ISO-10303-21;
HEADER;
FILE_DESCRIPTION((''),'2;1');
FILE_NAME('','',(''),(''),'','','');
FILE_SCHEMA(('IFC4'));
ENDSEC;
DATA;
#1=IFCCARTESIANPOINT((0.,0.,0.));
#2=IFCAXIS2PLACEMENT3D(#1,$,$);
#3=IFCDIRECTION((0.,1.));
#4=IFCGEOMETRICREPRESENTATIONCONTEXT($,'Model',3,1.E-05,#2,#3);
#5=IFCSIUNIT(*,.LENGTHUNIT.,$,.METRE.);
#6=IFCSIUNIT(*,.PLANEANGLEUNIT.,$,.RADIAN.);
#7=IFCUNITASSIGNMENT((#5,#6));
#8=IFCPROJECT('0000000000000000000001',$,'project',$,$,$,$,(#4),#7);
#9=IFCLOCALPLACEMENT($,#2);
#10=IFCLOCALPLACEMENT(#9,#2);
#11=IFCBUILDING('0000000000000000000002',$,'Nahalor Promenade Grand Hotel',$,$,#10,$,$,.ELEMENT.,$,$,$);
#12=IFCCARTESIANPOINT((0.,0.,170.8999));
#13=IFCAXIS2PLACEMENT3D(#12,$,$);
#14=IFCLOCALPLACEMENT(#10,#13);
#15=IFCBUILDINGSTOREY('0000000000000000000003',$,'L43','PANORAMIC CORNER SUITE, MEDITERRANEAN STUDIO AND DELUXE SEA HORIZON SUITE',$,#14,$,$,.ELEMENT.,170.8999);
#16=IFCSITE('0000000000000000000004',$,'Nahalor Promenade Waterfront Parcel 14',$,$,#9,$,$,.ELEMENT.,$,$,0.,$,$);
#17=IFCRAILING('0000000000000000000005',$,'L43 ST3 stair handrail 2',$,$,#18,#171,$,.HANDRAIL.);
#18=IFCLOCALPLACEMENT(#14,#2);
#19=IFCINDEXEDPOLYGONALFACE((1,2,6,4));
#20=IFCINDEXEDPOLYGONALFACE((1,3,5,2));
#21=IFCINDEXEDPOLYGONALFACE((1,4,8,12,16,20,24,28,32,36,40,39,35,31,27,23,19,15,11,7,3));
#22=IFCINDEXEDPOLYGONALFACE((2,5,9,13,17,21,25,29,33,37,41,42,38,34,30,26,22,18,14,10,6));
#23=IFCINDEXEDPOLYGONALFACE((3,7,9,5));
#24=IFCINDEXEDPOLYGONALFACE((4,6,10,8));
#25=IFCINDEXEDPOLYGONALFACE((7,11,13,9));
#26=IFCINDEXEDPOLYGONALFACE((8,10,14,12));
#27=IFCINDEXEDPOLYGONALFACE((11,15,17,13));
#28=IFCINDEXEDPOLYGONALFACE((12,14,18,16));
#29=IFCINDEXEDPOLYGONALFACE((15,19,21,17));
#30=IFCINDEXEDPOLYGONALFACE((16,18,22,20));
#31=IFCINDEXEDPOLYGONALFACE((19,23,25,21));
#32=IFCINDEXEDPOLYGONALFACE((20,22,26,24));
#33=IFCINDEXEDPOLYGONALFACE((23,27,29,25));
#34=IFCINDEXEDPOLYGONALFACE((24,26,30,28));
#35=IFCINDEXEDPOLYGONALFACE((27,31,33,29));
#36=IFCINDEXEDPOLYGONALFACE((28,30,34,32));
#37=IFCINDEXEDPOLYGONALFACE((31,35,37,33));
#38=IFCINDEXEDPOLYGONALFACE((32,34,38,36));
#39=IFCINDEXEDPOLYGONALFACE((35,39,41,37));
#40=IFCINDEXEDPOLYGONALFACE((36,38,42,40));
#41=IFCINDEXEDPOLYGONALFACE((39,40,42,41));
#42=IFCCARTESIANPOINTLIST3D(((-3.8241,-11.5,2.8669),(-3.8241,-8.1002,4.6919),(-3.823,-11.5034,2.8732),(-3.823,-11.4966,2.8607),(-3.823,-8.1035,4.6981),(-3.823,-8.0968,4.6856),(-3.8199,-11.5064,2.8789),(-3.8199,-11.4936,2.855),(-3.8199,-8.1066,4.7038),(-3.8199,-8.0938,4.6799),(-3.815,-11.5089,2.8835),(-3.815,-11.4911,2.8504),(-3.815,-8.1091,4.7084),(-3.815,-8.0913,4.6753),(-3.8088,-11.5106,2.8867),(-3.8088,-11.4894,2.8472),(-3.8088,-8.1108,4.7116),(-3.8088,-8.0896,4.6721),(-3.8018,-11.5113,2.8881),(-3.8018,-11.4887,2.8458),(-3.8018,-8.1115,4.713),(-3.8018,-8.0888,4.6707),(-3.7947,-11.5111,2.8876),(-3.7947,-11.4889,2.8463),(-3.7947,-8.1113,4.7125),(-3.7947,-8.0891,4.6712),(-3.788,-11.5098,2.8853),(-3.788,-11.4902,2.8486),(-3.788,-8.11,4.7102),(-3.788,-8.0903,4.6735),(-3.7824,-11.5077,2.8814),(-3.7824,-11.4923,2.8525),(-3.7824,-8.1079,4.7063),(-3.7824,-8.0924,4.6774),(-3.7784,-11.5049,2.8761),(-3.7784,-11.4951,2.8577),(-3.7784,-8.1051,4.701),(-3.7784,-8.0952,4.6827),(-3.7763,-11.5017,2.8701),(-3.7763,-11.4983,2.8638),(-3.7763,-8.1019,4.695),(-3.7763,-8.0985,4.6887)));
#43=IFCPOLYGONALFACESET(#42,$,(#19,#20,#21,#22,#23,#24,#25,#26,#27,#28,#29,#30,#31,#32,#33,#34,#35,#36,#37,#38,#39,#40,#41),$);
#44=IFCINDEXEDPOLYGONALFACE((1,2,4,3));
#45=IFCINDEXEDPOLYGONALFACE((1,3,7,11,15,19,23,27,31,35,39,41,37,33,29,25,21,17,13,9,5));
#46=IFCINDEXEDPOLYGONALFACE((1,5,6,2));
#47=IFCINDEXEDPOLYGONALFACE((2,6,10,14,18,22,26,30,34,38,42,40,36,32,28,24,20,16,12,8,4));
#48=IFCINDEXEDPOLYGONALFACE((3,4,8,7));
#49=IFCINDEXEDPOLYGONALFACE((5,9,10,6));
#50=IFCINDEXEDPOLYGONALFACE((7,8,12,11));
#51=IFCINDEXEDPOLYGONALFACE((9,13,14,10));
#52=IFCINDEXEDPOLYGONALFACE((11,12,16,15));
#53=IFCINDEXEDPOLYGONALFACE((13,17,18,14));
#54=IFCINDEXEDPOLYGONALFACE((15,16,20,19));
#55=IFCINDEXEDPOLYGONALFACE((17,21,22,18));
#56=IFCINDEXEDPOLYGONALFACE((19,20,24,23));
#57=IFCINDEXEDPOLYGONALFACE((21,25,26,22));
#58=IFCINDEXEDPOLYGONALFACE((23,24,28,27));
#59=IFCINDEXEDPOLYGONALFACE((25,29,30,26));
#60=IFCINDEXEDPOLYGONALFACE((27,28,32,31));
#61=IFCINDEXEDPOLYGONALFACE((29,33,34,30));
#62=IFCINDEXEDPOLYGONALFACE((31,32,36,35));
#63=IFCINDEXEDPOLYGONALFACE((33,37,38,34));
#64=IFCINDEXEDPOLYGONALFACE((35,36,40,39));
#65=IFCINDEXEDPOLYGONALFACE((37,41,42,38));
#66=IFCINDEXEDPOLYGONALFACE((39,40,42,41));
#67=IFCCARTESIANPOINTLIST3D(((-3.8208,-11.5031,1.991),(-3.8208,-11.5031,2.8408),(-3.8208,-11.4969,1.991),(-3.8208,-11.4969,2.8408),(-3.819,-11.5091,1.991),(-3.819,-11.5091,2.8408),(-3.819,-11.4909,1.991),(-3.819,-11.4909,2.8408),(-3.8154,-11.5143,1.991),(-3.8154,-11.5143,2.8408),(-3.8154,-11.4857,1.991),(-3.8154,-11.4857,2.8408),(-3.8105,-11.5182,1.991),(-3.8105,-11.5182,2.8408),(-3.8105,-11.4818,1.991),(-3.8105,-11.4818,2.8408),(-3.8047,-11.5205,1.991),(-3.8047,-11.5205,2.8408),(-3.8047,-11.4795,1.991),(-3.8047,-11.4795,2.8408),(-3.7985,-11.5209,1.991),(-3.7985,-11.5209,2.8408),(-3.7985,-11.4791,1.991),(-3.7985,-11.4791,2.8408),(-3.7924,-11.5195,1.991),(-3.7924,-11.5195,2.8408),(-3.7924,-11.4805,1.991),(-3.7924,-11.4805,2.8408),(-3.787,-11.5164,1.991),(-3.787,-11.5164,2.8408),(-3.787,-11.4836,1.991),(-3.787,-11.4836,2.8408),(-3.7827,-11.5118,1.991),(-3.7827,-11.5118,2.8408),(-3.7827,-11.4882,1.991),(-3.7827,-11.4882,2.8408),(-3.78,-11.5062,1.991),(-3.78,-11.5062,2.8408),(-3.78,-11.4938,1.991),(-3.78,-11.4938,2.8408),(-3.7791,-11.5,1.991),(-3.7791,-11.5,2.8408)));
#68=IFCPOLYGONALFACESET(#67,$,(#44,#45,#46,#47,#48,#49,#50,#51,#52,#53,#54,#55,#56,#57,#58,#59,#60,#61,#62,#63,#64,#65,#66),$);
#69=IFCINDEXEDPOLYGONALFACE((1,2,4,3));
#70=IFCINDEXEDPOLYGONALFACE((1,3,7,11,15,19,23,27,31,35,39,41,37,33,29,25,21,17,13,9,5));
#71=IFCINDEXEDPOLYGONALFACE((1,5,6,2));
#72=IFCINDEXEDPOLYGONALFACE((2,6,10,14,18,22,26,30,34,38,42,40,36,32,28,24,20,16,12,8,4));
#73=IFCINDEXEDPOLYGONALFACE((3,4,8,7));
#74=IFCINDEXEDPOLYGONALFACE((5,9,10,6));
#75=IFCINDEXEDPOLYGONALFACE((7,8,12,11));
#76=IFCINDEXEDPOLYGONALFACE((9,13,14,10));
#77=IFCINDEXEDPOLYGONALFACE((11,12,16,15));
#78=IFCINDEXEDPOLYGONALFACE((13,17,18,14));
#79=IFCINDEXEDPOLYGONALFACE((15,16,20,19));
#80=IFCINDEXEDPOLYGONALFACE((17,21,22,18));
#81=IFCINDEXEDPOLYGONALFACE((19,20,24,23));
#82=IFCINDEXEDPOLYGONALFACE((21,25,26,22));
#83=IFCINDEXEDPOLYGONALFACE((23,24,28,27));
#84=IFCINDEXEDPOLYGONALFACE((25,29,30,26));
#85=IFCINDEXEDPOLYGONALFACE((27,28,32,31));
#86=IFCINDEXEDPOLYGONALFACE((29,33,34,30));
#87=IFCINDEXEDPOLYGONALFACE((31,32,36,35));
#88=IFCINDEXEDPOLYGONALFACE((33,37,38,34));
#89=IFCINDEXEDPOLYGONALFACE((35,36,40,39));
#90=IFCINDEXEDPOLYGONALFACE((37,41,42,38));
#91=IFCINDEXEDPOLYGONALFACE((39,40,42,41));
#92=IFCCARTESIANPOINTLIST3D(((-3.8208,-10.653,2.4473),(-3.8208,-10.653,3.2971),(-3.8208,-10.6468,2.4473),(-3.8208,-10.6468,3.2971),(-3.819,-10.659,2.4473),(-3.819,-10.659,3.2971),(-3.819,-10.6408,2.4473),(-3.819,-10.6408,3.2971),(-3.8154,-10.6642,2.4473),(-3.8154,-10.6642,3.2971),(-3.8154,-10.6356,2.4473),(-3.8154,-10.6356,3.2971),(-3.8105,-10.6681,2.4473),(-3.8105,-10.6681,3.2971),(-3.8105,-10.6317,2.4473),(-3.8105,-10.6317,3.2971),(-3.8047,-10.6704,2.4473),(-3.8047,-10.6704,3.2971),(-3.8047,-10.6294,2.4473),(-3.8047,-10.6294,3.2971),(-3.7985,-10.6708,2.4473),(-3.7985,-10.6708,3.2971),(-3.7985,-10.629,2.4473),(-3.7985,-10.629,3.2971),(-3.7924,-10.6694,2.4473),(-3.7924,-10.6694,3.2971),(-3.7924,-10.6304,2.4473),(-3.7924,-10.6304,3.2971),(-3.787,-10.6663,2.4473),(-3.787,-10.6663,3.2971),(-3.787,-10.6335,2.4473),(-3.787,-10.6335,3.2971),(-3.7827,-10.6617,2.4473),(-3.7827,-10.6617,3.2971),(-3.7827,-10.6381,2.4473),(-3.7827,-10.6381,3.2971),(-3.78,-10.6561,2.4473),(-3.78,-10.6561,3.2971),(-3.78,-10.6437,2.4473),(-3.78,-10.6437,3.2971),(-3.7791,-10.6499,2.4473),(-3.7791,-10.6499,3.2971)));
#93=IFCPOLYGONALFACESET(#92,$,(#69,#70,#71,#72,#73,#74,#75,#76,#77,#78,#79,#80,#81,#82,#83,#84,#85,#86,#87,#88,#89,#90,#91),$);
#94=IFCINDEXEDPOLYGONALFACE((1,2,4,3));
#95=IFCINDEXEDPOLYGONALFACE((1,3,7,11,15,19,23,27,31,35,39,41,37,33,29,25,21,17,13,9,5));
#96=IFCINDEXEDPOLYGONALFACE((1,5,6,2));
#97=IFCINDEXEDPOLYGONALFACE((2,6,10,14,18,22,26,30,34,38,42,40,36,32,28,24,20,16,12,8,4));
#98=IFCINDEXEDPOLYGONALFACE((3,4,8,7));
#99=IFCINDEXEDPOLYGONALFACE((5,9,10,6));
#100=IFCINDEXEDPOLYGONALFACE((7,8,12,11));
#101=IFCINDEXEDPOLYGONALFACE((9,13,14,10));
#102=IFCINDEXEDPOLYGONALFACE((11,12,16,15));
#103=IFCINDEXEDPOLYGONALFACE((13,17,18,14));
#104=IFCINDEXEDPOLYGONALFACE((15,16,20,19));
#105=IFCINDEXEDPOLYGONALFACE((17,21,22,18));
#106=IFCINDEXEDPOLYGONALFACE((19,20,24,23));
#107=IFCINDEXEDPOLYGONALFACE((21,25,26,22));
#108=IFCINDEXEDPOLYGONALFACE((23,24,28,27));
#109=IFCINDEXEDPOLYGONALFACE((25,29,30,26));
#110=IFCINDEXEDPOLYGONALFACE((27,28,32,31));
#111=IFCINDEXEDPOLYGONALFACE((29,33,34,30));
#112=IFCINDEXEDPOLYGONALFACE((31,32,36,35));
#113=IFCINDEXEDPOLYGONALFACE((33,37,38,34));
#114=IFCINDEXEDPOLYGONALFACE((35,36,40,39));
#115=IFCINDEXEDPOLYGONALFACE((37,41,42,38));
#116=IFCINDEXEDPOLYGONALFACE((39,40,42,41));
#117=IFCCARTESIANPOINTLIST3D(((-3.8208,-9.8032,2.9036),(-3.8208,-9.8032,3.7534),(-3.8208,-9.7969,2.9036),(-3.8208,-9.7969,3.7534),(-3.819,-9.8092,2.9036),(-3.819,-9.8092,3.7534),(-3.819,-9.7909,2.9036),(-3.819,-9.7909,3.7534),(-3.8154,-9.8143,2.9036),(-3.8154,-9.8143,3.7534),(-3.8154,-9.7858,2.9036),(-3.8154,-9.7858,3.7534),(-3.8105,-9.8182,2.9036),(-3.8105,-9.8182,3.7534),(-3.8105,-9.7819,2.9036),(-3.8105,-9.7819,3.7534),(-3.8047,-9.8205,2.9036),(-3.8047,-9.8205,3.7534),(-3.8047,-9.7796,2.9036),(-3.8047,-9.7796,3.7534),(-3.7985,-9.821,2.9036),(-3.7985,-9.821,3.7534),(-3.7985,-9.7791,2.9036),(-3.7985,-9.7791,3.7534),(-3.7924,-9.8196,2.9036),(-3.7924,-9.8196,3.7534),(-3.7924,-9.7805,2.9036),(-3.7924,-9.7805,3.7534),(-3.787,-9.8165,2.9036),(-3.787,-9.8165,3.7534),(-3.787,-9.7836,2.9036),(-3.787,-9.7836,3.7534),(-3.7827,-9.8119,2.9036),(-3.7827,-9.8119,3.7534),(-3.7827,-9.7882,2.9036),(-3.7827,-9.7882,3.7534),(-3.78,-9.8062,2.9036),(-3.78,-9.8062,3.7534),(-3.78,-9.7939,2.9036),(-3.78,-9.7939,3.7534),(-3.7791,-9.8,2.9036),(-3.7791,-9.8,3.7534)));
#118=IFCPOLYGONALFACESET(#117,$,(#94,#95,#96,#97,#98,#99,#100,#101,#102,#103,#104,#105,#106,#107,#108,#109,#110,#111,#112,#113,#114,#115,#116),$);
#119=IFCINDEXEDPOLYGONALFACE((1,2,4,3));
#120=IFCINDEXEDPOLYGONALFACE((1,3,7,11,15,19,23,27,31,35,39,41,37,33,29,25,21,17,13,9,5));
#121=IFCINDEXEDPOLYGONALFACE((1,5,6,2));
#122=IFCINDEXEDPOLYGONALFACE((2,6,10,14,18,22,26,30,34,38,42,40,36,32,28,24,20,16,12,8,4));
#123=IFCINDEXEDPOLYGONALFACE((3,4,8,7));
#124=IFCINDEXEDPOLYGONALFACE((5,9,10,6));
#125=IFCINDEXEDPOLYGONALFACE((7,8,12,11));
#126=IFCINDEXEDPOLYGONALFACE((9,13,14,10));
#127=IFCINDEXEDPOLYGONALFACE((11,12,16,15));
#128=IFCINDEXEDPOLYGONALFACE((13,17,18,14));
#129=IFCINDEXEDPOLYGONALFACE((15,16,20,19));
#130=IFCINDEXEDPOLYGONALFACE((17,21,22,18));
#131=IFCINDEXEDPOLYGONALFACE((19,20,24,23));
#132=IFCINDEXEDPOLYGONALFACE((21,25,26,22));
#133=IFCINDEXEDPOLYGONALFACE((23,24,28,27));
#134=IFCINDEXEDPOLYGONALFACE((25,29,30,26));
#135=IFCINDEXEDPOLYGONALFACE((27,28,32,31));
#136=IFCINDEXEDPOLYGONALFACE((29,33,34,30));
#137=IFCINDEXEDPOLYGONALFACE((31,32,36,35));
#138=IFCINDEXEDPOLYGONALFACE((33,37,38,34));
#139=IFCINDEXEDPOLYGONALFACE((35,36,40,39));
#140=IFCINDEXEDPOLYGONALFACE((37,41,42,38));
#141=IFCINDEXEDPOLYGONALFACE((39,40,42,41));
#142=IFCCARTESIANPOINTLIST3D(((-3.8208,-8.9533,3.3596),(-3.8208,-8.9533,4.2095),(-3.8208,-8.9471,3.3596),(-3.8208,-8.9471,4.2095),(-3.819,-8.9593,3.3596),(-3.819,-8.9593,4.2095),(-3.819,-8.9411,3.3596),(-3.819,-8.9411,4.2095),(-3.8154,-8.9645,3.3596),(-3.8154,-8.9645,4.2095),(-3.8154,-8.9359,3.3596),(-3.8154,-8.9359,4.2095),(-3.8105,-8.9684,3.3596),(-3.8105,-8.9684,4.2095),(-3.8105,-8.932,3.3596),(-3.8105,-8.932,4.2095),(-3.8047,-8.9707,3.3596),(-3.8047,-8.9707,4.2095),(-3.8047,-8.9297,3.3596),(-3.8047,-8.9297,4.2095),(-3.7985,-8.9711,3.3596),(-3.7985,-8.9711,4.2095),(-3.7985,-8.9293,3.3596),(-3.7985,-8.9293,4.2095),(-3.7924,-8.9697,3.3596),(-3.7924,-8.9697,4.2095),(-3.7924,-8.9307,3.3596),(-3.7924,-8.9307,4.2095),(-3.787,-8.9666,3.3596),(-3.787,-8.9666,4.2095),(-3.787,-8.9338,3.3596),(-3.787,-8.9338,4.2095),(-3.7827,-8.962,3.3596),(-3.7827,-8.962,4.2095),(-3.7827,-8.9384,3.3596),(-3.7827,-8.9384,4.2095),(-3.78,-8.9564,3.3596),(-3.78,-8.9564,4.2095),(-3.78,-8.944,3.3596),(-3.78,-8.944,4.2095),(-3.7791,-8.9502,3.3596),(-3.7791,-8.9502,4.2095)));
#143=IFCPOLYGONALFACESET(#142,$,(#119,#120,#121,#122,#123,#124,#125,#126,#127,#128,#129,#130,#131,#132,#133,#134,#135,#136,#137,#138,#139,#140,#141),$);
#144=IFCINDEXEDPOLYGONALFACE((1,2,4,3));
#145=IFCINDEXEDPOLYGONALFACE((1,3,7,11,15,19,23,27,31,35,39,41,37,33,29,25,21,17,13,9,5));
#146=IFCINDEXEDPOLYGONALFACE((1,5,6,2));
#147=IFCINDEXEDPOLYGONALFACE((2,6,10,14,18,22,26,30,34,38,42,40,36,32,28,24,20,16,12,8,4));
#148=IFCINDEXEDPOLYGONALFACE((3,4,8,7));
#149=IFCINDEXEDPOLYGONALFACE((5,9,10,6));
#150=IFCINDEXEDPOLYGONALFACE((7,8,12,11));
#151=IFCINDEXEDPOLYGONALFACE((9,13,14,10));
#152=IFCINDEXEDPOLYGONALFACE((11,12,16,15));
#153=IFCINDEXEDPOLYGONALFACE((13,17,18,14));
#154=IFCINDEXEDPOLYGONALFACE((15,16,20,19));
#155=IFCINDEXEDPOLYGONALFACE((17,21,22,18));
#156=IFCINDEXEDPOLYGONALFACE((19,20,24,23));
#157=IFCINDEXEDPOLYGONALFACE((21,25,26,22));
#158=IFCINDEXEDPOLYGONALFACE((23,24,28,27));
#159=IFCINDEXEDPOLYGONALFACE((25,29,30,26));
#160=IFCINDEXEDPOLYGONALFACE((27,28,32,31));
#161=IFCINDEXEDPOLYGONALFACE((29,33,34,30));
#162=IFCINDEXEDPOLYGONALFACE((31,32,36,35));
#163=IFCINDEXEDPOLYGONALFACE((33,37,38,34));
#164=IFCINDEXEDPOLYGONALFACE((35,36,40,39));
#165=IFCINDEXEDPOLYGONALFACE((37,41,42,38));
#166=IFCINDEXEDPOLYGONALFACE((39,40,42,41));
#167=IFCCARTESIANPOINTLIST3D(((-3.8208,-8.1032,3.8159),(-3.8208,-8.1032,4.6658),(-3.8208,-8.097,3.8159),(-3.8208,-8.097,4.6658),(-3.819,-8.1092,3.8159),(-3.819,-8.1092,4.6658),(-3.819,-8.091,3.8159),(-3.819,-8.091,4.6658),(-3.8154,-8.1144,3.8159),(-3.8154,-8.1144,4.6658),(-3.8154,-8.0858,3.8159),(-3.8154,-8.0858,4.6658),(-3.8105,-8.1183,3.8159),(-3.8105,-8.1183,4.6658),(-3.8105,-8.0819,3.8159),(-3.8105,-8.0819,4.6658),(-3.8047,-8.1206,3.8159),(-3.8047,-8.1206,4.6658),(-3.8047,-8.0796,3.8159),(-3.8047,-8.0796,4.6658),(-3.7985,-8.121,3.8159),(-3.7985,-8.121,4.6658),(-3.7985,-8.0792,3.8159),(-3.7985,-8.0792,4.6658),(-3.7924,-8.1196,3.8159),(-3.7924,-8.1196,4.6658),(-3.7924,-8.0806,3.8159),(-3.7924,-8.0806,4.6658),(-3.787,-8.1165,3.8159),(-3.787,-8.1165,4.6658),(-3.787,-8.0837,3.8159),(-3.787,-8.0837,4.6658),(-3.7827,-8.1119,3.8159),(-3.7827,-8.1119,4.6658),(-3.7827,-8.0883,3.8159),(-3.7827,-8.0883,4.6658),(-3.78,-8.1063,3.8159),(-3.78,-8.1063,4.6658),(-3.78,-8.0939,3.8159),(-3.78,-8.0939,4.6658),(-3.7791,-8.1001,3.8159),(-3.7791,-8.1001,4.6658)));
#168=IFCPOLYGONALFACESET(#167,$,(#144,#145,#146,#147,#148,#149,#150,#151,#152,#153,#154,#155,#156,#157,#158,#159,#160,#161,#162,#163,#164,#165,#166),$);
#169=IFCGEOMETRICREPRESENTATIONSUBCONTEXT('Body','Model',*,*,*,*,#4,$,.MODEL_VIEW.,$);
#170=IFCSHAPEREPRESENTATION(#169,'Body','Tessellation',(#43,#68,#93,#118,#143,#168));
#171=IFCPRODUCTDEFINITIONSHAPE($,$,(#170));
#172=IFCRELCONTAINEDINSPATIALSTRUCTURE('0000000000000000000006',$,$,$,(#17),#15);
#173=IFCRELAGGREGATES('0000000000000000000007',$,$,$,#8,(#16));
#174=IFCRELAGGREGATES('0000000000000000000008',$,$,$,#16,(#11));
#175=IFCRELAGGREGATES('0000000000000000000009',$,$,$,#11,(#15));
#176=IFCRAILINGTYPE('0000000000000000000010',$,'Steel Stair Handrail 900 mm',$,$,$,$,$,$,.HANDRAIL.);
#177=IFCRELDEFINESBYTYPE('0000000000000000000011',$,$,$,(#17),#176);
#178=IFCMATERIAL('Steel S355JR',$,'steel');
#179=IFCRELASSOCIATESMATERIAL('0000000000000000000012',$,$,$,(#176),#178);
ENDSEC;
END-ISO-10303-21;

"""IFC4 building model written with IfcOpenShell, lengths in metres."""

from ifc_helpers import new_model, si_unit, direction, frame, origin, origin_2d, place, context, subcontext, project, spatial, circle, extrude, material, type_object, element, save


model = new_model("IFC4")

# Units and contexts
model_context = context("Model", 3, precision=1e-05, world=origin(), true_north=direction((0.0, 1.0)))
body_context = subcontext(model_context, "Body", "Model", "MODEL_VIEW")
ifc_project = project(units=[si_unit("LENGTHUNIT", "METRE"), si_unit("PLANEANGLEUNIT", "RADIAN")], contexts=[model_context])

# Site, building, storey
site_placement = place(None, origin())
site = spatial("IfcSite", under=ifc_project, at=site_placement, Name="Nahalor Promenade Waterfront Parcel 14", CompositionType="ELEMENT", RefElevation=0.0)
building_placement = place(site_placement, origin())
building = spatial("IfcBuilding", under=site, at=building_placement, Name="Nahalor Promenade Grand Hotel", CompositionType="ELEMENT")
storey_placement = place(building_placement, frame((0.0, 0.0, 170.8999)))
storey = spatial("IfcBuildingStorey", under=building, at=storey_placement, Name="L43", Description="PANORAMIC CORNER SUITE, MEDITERRANEAN STUDIO AND DELUXE SEA HORIZON SUITE", CompositionType="ELEMENT", Elevation=170.8999)

# Shared definitions
ifc_material_1 = material(Name="Steel S355JR", Category="steel")

# Railing
railing_type_1 = type_object("IfcRailingType", Name="Steel Stair Handrail 900 mm", PredefinedType="HANDRAIL", material=ifc_material_1)
railing_1_placement = place(storey_placement, frame((-3.8, -11.5, 1.991)))
element("IfcRailing", 1, at=railing_1_placement, inside=storey, type_object=railing_type_1, Name="L43 ST3 stair handrail 2", PredefinedType="HANDRAIL", context=body_context, shape_type="SweptSolid", body=[
    extrude(circle(Radius=0.024, at=origin_2d()), frame((0.0, 0.0, 0.876), z_axis=(0.0, 0.881094, 0.472941), x_axis=(-1.0, 0.0, 0.0)), (0.0, 0.0, 1.0), 3.8586),
    extrude(circle(Radius=0.021, at=origin_2d()), origin(), (0.0, 0.0, 1.0), 0.8499),
    extrude(circle(Radius=0.021, at=origin_2d()), frame((0.0, 0.8501, 0.4563)), (0.0, 0.0, 1.0), 0.8499),
    extrude(circle(Radius=0.021, at=origin_2d()), frame((0.0, 1.7, 0.9126)), (0.0, 0.0, 1.0), 0.8499),
    extrude(circle(Radius=0.021, at=origin_2d()), frame((0.0, 2.5498, 1.3687)), (0.0, 0.0, 1.0), 0.8499),
    extrude(circle(Radius=0.021, at=origin_2d()), frame((0.0, 3.3999, 1.825)), (0.0, 0.0, 1.0), 0.8499),
])

save(model, "model.ifc")
